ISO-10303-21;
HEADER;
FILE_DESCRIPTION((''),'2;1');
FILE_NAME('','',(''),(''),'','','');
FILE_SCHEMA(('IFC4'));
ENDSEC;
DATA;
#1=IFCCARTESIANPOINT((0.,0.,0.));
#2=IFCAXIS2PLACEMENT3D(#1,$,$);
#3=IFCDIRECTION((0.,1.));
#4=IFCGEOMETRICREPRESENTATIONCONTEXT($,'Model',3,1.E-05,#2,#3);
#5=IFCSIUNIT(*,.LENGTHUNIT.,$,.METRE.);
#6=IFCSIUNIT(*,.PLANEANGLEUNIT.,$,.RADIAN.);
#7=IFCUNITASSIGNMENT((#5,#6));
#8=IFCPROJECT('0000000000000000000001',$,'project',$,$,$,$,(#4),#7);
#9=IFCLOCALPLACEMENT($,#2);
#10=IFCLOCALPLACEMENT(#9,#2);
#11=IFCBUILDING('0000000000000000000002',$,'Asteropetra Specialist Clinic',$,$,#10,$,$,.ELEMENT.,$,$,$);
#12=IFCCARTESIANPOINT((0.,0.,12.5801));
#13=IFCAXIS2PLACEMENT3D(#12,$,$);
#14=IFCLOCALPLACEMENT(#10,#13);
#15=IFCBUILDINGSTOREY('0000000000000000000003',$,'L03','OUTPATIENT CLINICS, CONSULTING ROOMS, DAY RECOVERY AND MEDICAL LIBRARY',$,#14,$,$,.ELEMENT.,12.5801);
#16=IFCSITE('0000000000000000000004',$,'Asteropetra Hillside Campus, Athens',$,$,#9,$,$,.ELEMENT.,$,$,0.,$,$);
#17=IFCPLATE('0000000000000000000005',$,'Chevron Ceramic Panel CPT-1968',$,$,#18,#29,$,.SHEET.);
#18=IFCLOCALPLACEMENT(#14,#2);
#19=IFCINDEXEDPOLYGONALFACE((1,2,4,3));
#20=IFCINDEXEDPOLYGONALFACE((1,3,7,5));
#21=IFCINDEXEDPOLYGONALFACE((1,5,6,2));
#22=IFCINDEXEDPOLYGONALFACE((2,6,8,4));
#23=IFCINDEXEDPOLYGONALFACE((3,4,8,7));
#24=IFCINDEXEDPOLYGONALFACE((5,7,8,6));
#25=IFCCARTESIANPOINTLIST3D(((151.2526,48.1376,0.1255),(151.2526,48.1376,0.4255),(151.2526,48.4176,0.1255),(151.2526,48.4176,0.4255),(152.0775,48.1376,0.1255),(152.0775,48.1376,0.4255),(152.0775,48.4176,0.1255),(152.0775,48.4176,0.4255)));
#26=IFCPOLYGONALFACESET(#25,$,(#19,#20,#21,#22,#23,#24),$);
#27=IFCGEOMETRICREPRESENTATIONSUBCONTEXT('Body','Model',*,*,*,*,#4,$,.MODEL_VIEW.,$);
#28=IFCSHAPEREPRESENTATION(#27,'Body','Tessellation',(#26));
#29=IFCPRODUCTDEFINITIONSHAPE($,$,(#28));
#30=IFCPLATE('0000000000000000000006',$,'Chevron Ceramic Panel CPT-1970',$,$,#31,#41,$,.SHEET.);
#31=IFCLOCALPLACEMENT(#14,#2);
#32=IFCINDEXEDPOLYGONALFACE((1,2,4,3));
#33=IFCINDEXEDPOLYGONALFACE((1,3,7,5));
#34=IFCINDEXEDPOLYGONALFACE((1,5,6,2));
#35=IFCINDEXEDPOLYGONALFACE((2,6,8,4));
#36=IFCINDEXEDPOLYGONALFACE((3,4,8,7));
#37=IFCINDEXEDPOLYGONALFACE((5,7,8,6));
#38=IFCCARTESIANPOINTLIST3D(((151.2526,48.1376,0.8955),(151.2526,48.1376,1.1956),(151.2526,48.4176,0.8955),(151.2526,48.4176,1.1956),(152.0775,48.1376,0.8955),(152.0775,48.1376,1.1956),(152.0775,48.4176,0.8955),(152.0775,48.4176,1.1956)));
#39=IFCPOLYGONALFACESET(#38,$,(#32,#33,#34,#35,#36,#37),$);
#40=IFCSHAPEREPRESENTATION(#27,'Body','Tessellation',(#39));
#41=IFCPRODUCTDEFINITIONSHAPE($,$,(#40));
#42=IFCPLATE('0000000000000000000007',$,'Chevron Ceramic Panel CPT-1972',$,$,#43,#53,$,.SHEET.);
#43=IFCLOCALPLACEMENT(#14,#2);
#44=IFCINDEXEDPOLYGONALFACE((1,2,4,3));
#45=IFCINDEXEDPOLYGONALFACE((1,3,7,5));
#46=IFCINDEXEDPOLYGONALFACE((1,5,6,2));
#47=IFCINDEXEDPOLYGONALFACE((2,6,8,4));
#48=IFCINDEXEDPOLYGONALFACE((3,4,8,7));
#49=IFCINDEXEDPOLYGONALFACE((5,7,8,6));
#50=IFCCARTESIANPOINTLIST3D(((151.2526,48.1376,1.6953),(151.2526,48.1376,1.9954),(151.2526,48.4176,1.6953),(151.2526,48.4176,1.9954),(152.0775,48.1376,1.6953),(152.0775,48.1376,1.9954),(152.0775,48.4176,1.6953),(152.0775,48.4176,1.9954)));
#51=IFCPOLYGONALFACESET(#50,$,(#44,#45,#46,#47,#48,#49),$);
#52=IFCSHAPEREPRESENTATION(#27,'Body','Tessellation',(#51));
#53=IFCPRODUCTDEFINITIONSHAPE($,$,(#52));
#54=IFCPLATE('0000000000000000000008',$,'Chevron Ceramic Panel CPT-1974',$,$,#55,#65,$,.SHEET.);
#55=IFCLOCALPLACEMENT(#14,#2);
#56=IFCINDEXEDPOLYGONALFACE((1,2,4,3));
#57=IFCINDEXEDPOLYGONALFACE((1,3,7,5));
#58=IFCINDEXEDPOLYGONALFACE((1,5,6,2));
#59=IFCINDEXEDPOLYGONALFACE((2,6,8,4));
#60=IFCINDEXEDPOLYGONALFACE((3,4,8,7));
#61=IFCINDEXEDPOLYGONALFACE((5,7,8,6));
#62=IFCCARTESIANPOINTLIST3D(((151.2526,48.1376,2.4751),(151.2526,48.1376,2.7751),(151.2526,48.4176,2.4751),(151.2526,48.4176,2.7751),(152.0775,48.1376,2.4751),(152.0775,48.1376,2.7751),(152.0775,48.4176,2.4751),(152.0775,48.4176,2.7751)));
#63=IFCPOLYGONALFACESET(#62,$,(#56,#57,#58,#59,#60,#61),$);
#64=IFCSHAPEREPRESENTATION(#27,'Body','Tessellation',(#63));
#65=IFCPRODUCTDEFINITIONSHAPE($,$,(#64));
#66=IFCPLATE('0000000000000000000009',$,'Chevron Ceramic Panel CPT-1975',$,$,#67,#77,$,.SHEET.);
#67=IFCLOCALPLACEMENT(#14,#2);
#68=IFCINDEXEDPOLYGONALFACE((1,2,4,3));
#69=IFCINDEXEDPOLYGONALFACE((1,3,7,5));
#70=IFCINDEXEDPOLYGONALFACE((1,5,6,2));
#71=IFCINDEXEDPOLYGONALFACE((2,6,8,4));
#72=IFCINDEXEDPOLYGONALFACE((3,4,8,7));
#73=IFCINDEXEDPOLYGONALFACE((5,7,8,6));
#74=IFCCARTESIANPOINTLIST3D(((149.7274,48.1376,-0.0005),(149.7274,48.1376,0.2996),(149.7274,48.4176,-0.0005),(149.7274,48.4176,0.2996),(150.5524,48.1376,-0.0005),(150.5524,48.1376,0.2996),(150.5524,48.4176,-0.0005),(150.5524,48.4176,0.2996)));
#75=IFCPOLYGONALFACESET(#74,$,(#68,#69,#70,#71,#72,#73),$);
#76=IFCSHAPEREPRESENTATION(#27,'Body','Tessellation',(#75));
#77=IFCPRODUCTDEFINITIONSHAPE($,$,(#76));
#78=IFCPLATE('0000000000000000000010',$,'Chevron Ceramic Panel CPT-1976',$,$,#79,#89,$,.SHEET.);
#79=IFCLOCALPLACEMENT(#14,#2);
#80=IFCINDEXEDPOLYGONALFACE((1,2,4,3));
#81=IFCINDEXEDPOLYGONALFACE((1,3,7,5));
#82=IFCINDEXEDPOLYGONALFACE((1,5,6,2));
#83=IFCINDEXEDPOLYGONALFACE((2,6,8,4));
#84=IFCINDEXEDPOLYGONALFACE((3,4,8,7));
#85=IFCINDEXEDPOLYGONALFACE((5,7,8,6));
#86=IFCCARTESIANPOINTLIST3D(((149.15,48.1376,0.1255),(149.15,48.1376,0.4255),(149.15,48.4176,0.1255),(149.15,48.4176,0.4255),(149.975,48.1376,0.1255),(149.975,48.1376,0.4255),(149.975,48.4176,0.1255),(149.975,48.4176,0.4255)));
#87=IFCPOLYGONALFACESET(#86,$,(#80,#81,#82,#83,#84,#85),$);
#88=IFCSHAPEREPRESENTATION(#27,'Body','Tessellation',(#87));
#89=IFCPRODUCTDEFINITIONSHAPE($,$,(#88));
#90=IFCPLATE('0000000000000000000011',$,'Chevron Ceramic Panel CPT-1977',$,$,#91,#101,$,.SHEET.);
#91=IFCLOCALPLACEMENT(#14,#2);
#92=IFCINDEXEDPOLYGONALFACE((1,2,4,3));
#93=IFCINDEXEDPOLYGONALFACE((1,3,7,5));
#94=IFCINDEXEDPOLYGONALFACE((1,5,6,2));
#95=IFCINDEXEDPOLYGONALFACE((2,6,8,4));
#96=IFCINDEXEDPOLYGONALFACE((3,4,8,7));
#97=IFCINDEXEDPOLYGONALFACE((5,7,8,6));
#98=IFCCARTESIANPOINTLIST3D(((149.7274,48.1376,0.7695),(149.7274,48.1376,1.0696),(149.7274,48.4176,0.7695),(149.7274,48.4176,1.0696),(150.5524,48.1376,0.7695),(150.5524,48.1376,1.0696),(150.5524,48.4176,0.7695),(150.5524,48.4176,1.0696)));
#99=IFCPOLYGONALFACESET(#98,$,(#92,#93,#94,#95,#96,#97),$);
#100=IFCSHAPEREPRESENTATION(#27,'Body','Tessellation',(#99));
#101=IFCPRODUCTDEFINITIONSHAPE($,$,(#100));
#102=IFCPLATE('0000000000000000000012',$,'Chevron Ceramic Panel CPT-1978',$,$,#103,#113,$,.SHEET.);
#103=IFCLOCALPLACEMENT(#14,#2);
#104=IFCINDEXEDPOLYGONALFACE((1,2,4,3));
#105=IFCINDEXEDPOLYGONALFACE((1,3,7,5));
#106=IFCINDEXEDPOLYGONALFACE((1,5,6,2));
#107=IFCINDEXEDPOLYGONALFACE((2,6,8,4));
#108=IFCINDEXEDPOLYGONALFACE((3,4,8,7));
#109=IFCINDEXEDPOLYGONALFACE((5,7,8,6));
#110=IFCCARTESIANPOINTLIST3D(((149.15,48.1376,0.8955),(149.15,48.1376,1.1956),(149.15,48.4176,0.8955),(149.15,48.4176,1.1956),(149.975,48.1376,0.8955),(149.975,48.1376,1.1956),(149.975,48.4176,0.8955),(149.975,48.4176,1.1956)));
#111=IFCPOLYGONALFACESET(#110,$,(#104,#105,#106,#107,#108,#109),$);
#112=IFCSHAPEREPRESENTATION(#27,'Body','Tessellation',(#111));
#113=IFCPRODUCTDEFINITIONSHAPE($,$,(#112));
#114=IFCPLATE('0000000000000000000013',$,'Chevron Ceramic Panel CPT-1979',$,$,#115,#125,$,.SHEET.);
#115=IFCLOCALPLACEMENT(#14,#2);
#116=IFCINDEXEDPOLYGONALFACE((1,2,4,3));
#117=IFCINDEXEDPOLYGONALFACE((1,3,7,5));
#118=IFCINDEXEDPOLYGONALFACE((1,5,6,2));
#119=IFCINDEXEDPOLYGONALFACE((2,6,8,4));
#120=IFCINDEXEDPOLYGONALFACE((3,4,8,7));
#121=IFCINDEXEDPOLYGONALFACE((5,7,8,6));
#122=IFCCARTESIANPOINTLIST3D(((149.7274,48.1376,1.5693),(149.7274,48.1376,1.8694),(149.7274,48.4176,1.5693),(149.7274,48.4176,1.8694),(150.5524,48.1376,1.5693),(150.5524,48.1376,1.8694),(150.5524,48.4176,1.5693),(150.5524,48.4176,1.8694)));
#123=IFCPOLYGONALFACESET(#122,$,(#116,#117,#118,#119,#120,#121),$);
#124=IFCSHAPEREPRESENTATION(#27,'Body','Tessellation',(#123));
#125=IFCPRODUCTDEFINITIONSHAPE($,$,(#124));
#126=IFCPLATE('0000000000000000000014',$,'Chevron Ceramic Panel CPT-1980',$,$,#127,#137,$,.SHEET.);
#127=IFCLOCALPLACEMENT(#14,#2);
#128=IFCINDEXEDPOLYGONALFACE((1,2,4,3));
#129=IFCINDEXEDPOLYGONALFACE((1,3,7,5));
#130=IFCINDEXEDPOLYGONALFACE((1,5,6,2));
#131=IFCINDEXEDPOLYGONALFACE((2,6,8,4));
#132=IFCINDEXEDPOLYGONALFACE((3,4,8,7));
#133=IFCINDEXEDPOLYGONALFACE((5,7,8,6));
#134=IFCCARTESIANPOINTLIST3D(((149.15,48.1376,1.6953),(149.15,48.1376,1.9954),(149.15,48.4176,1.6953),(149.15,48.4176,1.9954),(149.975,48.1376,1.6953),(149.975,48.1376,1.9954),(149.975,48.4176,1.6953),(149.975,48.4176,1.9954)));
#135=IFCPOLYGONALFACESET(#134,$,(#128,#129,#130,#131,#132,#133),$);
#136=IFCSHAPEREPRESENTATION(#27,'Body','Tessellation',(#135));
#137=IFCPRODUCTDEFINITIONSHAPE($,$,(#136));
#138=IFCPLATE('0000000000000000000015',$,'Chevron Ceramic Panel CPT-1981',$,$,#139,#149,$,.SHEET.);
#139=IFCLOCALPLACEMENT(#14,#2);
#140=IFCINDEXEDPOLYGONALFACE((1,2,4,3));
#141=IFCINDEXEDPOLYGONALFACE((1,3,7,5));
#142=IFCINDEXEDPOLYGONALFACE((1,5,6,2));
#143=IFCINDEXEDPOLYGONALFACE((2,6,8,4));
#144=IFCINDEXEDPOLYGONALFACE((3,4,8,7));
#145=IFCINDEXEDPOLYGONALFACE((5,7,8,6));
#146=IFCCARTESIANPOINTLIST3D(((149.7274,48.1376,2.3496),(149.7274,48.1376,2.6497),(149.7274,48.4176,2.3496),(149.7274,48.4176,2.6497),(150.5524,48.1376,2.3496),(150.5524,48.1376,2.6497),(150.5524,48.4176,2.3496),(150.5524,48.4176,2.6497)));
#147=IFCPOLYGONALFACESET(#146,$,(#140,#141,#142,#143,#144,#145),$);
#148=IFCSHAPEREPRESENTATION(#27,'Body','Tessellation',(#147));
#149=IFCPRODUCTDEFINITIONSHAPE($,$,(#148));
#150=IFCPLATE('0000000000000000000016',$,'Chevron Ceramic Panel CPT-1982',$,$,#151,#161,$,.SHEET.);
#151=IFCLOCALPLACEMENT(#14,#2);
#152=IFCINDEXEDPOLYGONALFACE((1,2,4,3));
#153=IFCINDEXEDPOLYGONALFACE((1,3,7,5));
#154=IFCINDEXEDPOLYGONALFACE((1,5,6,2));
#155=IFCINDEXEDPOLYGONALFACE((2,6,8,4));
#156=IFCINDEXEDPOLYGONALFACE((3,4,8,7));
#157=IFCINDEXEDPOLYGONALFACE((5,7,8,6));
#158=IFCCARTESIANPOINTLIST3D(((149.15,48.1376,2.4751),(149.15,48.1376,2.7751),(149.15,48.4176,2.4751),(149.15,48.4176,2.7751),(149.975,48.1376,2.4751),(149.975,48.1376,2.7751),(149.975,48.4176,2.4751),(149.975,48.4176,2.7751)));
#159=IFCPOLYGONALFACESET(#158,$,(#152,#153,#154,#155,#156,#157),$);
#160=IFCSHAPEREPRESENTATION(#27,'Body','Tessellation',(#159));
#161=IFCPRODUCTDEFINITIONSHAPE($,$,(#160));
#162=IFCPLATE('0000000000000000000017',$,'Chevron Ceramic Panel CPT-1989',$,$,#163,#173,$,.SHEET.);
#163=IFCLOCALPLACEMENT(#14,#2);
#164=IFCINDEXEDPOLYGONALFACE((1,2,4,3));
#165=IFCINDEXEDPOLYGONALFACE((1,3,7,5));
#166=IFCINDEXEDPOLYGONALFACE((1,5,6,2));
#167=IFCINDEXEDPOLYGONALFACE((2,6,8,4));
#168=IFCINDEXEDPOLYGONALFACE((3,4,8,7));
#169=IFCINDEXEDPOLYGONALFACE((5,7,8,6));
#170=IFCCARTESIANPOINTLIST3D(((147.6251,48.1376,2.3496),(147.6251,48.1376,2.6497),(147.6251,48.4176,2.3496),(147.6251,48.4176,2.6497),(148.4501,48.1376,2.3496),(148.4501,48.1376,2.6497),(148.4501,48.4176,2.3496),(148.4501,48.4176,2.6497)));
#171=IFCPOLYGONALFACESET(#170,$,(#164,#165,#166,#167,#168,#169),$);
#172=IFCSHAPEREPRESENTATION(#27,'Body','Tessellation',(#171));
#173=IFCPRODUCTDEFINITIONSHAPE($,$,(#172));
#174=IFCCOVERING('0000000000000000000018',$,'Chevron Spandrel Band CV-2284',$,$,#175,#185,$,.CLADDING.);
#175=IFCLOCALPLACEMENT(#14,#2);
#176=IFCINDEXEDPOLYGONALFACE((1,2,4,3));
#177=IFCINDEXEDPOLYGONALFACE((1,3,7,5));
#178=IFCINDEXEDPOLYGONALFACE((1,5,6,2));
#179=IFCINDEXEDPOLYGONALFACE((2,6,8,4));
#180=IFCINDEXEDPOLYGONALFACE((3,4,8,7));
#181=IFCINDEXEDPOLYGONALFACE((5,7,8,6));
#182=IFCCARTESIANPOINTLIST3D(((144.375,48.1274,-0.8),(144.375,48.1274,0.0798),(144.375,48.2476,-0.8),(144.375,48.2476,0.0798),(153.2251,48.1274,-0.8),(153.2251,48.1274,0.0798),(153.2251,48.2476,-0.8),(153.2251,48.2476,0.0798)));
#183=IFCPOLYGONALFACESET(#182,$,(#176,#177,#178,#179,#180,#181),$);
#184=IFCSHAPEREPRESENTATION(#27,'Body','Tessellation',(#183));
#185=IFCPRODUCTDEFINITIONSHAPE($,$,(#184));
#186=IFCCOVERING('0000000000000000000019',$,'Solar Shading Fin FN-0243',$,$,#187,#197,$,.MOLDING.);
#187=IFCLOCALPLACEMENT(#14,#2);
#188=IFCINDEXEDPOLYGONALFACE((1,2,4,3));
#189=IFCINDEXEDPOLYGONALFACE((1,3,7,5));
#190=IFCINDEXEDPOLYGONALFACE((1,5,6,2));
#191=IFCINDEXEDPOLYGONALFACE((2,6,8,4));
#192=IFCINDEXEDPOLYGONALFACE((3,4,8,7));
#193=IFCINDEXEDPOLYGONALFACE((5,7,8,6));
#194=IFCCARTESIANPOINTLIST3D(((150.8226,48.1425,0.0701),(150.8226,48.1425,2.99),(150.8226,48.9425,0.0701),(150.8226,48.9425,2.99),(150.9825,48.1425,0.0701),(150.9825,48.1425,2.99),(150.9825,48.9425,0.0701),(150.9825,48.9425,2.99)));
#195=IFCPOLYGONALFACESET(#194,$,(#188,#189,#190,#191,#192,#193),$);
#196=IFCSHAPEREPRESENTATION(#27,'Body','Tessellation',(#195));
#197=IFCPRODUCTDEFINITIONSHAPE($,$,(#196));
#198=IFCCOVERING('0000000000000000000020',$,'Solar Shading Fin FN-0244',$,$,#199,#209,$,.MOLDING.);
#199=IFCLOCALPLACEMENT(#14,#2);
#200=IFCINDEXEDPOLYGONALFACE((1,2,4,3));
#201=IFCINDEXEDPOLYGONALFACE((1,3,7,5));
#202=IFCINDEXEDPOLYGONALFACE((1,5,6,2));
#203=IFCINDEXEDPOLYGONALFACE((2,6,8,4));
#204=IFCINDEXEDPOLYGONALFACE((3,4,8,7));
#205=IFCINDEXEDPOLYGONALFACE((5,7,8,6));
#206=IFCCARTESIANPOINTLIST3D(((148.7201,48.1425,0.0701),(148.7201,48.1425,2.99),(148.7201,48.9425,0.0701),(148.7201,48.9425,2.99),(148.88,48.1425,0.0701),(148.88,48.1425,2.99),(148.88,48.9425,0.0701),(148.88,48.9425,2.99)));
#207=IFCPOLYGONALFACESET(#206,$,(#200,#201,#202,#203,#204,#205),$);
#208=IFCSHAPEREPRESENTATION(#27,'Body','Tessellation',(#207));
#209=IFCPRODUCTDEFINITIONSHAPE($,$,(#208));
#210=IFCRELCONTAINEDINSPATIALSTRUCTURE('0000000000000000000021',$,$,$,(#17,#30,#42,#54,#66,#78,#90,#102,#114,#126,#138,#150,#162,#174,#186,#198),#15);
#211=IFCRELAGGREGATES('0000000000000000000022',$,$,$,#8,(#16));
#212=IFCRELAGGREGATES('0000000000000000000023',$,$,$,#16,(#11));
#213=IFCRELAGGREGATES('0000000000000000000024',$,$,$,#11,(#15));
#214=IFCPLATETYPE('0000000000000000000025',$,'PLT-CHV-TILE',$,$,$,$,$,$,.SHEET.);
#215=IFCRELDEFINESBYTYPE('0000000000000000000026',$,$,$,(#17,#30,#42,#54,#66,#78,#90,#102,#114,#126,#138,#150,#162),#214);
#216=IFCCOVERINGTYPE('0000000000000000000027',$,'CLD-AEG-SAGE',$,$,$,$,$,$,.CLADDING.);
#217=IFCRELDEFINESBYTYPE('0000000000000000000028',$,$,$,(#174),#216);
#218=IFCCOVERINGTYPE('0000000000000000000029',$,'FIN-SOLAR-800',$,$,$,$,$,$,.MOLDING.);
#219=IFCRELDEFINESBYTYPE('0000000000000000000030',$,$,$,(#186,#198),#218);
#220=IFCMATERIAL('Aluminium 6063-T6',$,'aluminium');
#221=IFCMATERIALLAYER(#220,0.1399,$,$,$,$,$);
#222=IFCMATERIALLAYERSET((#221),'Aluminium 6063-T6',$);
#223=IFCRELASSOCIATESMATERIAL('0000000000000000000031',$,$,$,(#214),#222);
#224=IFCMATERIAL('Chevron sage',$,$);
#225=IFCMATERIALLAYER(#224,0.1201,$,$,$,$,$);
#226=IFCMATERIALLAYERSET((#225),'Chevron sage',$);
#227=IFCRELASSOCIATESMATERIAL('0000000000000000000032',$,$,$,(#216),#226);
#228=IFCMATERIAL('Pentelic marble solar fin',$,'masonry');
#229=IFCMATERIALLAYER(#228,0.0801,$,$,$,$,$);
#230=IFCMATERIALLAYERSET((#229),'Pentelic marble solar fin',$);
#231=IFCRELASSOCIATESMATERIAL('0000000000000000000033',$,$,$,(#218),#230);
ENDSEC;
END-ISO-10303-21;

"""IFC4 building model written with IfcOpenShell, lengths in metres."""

from ifc_helpers import new_model, si_unit, direction, frame, origin, origin_2d, place, context, subcontext, project, spatial, rectangle, extrude, material, layer, layer_set, type_object, element, save


model = new_model("IFC4")

# Units and contexts
model_context = context("Model", 3, precision=1e-05, world=origin(), true_north=direction((0.0, 1.0)))
body_context = subcontext(model_context, "Body", "Model", "MODEL_VIEW")
ifc_project = project(units=[si_unit("LENGTHUNIT", "METRE"), si_unit("PLANEANGLEUNIT", "RADIAN")], contexts=[model_context])

# Site, building, storey
site_placement = place(None, origin())
site = spatial("IfcSite", under=ifc_project, at=site_placement, Name="Asteropetra Hillside Campus, Athens", CompositionType="ELEMENT", RefElevation=0.0)
building_placement = place(site_placement, origin())
building = spatial("IfcBuilding", under=site, at=building_placement, Name="Asteropetra Specialist Clinic", CompositionType="ELEMENT")
storey_placement = place(building_placement, frame((0.0, 0.0, 12.5801)))
storey = spatial("IfcBuildingStorey", under=building, at=storey_placement, Name="L03", Description="OUTPATIENT CLINICS, CONSULTING ROOMS, DAY RECOVERY AND MEDICAL LIBRARY", CompositionType="ELEMENT", Elevation=12.5801)

# Plates
ifc_material_1 = material(Name="Aluminium 6063-T6", Category="aluminium")
ifc_layer_1 = layer(ifc_material_1, 0.1399)
ifc_layer_set_1 = layer_set([ifc_layer_1], Name="Aluminium 6063-T6")
plate_type_1 = type_object("IfcPlateType", Name="PLT-CHV-TILE", PredefinedType="SHEET", material=ifc_layer_set_1)
for number, where, z_axis, x_axis, name in (
    (1, (151.665, 48.2776, 0.1255), (0.0, 0.0, 1.0), (1.0, 0.0, 0.0), "Chevron Ceramic Panel CPT-1968"),
    (2, (151.665, 48.2776, 0.8955), (0.0, 0.0, 1.0), (1.0, 0.0, 0.0), "Chevron Ceramic Panel CPT-1970"),
    (3, (151.665, 48.2776, 1.6953), (0.0, 0.0, 1.0), (1.0, 0.0, 0.0), "Chevron Ceramic Panel CPT-1972"),
    (4, (151.665, 48.2776, 2.4751), (0.0, 0.0, 1.0), (1.0, 0.0, 0.0), "Chevron Ceramic Panel CPT-1974"),
    (5, (150.1399, 48.2776, -0.0005), (0.0, 0.0, 1.0), (1.0, 0.0, 0.0), "Chevron Ceramic Panel CPT-1975"),
    (6, (149.5625, 48.2776, 0.1255), (0.0, 0.0, 1.0), (1.0, 0.0, 0.0), "Chevron Ceramic Panel CPT-1976"),
    (7, (150.1399, 48.2776, 0.7695), (0.0, 0.0, 1.0), (1.0, 0.0, 0.0), "Chevron Ceramic Panel CPT-1977"),
    (8, (149.5625, 48.2776, 0.8955), (0.0, 0.0, 1.0), (1.0, 0.0, 0.0), "Chevron Ceramic Panel CPT-1978"),
    (9, (150.1399, 48.2776, 1.5693), (0.0, 0.0, 1.0), (1.0, 0.0, 0.0), "Chevron Ceramic Panel CPT-1979"),
    (10, (149.5625, 48.2776, 1.6953), (0.0, 0.0, 1.0), (1.0, 0.0, 0.0), "Chevron Ceramic Panel CPT-1980"),
    (11, (150.1399, 48.2776, 2.3496), (0.0, 0.0, 1.0), (1.0, 0.0, 0.0), "Chevron Ceramic Panel CPT-1981"),
    (12, (149.5625, 48.2776, 2.4751), (0.0, 0.0, 1.0), (1.0, 0.0, 0.0), "Chevron Ceramic Panel CPT-1982"),
    (13, (148.0376, 48.2776, 2.3496), (0.0, 0.0, 1.0), (1.0, 0.0, 0.0), "Chevron Ceramic Panel CPT-1989"),
):
    element("IfcPlate", number, at=place(storey_placement, frame(where, z_axis=z_axis, x_axis=x_axis)), inside=storey, type_object=plate_type_1, Name=name, PredefinedType="SHEET", context=body_context, shape_type="SweptSolid", body=[
        extrude(rectangle(XDim=0.825, YDim=0.28, at=origin_2d()), origin(), (0.0, 0.0, 1.0), 0.3),
    ])

# Coverings
ifc_material_2 = material(Name="Chevron sage")
ifc_layer_2 = layer(ifc_material_2, 0.1201)
ifc_layer_set_2 = layer_set([ifc_layer_2], Name="Chevron sage")
covering_type_1 = type_object("IfcCoveringType", Name="CLD-AEG-SAGE", PredefinedType="CLADDING", material=ifc_layer_set_2)
covering_placement = place(storey_placement, frame((148.8, 48.1875, -0.8), z_axis=(0.0, 0.0, 1.0), x_axis=(1.0, 0.0, 0.0)))
element("IfcCovering", 14, at=covering_placement, inside=storey, type_object=covering_type_1, Name="Chevron Spandrel Band CV-2284", PredefinedType="CLADDING", context=body_context, shape_type="SweptSolid", body=[
    extrude(rectangle(XDim=8.8501, YDim=0.1201, at=origin_2d()), origin(), (0.0, 0.0, 1.0), 0.8799),
])
ifc_material_3 = material(Name="Pentelic marble solar fin", Category="masonry")
ifc_layer_3 = layer(ifc_material_3, 0.0801)
ifc_layer_set_3 = layer_set([ifc_layer_3], Name="Pentelic marble solar fin")
covering_type_2 = type_object("IfcCoveringType", Name="FIN-SOLAR-800", PredefinedType="MOLDING", material=ifc_layer_set_3)
for number, where, z_axis, x_axis, name in (
    (15, (150.9026, 48.5425, 0.0701), (0.0, 0.0, 1.0), (1.0, 0.0, 0.0), "Solar Shading Fin FN-0243"),
    (16, (148.8, 48.5425, 0.0701), (0.0, 0.0, 1.0), (1.0, 0.0, 0.0), "Solar Shading Fin FN-0244"),
):
    element("IfcCovering", number, at=place(storey_placement, frame(where, z_axis=z_axis, x_axis=x_axis)), inside=storey, type_object=covering_type_2, Name=name, PredefinedType="MOLDING", context=body_context, shape_type="SweptSolid", body=[
        extrude(rectangle(XDim=0.1599, YDim=0.8, at=origin_2d()), origin(), (0.0, 0.0, 1.0), 2.9199),
    ])

save(model, "model.ifc")
